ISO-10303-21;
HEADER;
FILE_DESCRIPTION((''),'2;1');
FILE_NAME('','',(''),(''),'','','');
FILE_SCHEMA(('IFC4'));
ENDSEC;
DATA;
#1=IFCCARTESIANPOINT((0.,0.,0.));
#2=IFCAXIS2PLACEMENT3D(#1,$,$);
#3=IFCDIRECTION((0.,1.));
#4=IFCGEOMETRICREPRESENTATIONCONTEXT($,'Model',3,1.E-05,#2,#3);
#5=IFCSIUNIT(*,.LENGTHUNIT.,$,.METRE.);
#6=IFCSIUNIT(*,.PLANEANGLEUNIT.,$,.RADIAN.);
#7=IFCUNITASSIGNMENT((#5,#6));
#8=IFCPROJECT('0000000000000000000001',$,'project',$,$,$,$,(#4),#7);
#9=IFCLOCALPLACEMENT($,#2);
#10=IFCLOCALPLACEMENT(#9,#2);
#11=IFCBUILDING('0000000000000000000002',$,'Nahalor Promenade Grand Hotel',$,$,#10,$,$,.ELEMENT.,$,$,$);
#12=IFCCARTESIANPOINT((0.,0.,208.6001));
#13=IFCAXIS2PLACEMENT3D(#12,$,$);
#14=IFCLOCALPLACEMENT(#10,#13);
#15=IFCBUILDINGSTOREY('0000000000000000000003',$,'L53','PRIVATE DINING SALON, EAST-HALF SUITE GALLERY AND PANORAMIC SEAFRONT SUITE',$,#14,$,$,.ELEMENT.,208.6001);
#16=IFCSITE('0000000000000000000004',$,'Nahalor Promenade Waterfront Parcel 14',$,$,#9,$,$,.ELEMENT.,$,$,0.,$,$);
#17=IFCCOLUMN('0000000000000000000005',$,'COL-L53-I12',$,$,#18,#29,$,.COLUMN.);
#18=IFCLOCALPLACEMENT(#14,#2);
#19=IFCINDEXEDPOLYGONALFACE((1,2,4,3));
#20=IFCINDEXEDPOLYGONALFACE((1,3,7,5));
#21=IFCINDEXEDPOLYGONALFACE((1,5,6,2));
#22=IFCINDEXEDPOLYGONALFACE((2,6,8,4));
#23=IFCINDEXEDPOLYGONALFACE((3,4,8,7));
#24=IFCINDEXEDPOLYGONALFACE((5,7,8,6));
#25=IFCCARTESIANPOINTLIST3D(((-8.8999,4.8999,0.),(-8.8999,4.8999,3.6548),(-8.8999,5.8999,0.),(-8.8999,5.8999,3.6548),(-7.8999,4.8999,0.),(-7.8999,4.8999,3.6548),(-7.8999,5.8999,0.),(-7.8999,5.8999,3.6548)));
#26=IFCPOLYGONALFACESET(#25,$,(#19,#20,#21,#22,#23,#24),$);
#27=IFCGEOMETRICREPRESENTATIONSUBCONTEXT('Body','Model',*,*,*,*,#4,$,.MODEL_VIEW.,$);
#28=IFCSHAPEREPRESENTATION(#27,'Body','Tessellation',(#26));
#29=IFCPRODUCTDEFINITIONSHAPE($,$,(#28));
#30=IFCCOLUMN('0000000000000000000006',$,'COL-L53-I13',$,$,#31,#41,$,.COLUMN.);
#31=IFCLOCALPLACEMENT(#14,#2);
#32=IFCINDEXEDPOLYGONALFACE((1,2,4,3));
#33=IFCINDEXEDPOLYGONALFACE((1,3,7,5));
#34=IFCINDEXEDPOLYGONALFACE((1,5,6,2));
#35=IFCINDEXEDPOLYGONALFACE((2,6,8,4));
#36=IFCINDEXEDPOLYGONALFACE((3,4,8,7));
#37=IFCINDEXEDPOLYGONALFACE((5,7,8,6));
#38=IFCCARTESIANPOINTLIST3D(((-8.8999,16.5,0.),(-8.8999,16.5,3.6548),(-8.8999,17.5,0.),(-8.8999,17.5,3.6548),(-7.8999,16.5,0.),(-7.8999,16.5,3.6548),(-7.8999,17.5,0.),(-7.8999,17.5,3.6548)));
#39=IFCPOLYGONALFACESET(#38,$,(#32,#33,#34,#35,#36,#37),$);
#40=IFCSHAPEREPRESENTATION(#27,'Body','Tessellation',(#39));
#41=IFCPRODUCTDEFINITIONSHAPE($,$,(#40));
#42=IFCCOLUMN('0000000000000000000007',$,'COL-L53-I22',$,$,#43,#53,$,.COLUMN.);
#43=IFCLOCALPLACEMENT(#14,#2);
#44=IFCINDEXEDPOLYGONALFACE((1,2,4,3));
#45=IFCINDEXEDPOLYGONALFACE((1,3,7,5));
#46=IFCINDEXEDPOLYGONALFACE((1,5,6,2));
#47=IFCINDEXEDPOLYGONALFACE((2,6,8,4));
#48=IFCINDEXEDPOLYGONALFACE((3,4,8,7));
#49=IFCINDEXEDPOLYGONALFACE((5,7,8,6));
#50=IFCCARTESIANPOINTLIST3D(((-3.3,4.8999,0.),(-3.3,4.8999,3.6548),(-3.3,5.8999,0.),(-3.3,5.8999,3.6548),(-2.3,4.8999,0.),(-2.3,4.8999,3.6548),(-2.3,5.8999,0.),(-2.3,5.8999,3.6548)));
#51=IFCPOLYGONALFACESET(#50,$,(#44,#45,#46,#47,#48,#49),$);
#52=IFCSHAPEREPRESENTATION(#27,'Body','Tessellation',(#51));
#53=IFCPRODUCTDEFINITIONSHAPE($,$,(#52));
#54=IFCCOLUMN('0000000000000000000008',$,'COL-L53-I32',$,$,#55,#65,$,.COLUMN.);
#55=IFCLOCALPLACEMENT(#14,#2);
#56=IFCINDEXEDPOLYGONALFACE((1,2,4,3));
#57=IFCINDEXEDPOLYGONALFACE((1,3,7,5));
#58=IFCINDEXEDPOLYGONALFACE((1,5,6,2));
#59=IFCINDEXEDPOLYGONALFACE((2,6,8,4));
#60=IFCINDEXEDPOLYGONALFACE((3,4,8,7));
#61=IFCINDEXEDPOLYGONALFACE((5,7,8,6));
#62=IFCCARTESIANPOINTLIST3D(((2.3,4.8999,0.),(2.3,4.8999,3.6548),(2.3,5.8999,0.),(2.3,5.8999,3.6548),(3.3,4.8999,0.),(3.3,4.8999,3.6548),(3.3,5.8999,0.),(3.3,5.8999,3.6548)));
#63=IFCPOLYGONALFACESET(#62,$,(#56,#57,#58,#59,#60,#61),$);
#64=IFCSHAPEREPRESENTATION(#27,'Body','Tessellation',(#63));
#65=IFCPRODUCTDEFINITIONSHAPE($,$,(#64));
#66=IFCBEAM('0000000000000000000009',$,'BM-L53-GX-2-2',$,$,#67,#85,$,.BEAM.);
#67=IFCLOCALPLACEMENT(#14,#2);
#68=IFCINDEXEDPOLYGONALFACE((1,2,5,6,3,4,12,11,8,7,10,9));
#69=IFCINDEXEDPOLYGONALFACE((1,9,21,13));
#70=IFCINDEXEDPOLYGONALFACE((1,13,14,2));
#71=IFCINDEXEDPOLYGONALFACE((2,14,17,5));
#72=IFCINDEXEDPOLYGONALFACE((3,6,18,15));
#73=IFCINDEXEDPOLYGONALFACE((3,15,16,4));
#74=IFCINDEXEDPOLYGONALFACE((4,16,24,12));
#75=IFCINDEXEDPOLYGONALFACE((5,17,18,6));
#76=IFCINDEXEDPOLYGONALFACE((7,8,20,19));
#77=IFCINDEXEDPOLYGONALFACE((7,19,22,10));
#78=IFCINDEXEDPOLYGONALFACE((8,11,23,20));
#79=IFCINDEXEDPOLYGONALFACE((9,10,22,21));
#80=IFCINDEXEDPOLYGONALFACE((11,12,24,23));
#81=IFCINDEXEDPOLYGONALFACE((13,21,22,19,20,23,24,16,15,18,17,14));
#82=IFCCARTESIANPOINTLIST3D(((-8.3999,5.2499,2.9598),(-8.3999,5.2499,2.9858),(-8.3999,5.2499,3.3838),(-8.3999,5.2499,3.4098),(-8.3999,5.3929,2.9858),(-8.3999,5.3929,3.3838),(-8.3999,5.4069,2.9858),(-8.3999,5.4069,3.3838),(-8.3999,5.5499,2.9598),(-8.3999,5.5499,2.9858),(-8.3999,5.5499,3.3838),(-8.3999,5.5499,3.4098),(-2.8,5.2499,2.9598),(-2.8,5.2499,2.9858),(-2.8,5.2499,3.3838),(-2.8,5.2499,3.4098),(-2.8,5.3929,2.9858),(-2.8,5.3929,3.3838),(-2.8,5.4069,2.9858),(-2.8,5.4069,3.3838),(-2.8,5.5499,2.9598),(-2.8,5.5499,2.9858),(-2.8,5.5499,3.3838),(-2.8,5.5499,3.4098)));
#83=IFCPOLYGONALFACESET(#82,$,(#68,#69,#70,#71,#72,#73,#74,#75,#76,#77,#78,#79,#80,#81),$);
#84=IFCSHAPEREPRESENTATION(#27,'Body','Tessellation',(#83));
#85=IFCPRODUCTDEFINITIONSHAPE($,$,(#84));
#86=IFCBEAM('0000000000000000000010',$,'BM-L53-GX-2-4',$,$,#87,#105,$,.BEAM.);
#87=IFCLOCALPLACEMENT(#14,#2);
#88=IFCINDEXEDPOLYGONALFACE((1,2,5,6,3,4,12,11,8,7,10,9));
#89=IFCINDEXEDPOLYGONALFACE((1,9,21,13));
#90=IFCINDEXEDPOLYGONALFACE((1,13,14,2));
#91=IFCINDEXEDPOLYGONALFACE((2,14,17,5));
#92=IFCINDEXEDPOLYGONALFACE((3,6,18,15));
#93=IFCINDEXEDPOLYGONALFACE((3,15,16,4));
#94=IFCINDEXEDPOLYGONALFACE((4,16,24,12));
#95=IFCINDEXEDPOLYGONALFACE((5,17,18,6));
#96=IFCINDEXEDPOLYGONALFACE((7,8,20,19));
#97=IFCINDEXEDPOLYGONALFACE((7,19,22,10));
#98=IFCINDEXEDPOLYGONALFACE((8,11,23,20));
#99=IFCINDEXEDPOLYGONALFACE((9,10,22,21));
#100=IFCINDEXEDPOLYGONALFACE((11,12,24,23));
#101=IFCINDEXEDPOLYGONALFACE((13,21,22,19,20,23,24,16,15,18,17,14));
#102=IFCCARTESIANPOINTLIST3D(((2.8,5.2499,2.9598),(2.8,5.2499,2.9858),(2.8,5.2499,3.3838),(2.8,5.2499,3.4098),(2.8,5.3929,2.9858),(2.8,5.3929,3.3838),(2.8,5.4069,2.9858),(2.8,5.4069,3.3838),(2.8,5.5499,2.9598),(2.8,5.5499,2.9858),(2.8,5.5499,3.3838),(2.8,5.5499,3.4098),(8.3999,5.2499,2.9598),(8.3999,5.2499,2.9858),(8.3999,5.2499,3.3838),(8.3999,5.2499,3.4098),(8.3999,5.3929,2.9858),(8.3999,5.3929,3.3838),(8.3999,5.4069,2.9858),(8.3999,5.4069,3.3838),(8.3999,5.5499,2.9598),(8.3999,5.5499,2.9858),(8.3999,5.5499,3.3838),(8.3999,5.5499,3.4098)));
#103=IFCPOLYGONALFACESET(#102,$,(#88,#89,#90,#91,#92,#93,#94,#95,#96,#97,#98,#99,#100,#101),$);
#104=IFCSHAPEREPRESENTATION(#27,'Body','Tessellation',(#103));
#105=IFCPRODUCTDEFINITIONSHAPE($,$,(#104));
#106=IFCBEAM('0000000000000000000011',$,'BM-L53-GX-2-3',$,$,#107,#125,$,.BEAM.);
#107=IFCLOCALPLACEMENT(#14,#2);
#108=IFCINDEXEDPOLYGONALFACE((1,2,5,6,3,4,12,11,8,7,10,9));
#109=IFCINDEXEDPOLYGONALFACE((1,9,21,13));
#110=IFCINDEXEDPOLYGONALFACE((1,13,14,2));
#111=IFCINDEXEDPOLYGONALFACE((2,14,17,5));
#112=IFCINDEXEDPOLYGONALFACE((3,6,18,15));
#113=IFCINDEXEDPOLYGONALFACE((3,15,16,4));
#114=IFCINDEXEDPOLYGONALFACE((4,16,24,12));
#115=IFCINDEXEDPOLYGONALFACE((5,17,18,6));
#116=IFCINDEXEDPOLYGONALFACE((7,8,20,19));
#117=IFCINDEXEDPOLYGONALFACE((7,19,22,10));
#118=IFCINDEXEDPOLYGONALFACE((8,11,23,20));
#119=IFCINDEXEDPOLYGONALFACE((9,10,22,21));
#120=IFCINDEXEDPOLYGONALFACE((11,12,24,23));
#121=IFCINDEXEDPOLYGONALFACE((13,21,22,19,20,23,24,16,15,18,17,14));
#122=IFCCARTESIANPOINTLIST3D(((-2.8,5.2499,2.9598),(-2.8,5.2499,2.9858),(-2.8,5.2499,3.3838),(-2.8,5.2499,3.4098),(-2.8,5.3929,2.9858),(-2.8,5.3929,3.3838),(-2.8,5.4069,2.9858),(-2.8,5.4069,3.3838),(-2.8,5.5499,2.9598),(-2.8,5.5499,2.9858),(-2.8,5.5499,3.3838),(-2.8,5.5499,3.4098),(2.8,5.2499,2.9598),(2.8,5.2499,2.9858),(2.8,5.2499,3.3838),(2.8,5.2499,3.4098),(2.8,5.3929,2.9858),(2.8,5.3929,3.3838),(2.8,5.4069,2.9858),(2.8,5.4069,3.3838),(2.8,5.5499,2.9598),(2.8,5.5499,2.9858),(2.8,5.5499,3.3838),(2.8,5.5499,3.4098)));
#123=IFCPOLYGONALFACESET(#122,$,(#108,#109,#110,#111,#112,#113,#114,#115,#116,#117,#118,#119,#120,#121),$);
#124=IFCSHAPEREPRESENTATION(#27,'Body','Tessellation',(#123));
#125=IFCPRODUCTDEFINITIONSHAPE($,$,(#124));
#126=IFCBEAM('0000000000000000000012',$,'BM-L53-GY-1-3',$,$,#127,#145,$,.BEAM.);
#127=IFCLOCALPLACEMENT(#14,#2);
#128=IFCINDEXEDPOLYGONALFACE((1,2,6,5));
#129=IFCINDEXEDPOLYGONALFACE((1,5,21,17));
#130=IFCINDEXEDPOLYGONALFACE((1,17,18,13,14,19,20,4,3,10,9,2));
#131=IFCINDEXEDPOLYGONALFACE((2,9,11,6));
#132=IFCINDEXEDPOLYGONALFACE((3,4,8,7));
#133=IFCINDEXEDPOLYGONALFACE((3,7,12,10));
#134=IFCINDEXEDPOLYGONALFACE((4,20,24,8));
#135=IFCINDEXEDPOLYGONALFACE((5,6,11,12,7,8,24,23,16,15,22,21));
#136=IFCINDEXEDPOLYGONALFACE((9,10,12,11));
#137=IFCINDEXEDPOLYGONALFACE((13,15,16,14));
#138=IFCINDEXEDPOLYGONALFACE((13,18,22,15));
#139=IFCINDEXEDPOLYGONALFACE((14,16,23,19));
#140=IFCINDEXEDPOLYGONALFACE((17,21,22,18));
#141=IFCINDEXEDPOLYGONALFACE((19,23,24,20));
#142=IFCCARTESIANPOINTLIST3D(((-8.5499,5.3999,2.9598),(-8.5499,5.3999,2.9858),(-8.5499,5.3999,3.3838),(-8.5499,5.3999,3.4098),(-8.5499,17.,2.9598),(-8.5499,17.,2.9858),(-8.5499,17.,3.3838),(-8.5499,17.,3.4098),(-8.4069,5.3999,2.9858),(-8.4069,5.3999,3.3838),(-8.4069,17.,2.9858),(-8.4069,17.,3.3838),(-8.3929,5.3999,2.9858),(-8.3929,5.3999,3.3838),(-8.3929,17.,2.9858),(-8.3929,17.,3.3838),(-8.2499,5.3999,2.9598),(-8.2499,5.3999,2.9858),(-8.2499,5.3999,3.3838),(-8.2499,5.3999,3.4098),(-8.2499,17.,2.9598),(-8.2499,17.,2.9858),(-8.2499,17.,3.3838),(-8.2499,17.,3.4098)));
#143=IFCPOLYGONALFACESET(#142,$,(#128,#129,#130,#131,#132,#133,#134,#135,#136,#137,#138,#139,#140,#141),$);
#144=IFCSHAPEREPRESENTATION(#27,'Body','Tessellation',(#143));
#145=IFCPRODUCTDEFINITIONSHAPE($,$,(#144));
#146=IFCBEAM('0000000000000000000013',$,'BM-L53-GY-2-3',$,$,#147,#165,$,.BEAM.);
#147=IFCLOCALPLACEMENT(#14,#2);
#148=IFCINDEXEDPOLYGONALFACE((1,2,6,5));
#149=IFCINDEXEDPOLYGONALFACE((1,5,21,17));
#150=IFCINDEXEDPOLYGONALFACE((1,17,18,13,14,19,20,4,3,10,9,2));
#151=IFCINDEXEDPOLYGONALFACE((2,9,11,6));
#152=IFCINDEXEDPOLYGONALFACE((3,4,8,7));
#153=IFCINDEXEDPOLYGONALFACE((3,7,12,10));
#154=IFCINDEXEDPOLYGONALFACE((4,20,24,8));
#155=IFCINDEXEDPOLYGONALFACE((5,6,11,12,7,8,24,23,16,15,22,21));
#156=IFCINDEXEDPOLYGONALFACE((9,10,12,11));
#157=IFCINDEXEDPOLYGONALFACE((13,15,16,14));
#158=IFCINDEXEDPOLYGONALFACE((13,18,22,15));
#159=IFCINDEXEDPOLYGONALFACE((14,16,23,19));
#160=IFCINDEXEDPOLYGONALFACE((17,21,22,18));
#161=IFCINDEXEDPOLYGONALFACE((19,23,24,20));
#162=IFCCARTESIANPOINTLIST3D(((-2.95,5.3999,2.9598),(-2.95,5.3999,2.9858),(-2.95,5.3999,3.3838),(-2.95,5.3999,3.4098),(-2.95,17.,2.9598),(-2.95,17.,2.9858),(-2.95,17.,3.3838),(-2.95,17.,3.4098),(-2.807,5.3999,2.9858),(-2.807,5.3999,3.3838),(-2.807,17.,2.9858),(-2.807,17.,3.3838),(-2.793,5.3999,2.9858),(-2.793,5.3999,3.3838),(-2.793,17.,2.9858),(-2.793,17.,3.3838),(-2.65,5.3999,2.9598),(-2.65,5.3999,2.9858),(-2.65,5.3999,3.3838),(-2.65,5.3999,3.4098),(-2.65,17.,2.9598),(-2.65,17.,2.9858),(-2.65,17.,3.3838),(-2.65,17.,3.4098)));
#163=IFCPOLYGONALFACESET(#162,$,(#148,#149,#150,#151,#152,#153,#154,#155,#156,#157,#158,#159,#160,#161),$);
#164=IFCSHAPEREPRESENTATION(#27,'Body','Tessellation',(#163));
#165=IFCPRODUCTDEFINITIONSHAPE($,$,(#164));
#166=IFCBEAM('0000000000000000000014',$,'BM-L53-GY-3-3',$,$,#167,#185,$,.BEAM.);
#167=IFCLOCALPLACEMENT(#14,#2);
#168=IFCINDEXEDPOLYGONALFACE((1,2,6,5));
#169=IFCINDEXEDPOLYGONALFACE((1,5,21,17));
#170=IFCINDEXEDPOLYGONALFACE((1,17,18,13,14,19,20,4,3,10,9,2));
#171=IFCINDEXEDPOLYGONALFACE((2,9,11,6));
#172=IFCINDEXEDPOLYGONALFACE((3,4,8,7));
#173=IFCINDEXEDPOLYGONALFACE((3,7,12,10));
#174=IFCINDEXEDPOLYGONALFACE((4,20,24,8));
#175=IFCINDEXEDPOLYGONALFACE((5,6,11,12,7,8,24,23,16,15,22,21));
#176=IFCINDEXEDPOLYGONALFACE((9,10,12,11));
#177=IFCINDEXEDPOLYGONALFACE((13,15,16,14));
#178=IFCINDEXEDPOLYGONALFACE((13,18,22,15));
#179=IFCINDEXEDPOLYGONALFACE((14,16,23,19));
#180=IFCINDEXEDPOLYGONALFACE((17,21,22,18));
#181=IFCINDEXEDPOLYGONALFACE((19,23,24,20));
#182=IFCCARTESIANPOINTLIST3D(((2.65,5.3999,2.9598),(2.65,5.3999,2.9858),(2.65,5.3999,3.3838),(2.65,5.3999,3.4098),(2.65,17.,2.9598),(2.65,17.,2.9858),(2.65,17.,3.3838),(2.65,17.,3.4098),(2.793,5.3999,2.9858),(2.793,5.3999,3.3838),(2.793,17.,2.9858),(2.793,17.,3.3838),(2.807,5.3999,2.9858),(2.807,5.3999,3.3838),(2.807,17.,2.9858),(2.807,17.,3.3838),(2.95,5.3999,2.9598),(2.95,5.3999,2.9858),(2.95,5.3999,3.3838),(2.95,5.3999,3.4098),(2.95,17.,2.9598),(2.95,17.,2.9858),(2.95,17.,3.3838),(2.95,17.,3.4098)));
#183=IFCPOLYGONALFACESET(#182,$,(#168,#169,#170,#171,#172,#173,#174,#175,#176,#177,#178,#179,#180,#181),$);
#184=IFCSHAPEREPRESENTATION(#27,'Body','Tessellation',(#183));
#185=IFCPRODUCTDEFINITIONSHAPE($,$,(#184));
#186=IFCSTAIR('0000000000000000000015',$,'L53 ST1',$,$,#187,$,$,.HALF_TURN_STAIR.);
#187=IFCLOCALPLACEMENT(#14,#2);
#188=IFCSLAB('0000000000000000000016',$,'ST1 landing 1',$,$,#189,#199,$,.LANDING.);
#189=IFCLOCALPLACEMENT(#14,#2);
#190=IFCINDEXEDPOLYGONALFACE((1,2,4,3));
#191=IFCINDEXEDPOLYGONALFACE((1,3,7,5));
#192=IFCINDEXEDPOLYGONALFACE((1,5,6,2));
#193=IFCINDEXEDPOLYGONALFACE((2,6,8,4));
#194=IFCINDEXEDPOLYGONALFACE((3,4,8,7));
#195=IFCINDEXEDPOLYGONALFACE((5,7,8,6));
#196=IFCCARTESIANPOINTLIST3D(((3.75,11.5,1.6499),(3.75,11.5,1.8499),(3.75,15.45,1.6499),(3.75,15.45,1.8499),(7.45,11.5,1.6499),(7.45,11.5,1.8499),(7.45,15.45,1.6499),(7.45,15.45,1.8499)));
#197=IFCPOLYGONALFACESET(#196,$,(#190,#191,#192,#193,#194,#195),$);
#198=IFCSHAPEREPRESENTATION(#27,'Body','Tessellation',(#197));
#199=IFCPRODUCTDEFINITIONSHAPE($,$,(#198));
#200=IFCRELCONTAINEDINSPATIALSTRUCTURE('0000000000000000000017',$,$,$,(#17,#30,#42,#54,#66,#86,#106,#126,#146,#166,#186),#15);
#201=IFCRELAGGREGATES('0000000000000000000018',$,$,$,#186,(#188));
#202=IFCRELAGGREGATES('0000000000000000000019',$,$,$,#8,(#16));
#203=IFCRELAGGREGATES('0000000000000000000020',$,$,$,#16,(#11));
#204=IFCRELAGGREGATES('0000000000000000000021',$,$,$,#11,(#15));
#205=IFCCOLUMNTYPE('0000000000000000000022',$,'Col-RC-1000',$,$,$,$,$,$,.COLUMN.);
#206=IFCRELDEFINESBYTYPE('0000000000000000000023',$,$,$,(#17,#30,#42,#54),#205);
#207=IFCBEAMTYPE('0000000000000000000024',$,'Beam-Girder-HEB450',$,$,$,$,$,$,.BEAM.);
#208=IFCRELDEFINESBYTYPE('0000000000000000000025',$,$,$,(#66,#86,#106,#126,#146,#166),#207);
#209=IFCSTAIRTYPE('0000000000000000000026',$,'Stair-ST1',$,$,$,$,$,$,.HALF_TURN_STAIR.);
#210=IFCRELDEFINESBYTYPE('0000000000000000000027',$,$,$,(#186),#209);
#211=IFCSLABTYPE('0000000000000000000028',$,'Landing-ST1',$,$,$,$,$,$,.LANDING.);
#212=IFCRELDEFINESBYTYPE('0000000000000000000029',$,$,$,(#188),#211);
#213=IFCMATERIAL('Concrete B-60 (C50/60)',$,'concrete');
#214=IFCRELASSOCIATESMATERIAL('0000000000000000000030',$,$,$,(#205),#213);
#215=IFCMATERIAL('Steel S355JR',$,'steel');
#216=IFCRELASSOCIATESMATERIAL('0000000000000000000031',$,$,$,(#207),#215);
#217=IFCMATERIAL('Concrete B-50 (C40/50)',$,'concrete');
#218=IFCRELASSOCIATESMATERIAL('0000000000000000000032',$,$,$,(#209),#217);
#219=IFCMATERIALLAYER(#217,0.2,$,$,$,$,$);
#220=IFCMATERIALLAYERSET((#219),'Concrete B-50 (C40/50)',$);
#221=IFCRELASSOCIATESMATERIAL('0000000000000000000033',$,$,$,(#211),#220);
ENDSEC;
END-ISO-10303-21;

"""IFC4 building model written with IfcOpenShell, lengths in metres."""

from ifc_helpers import new_model, si_unit, direction, frame, origin, origin_2d, place, context, subcontext, project, spatial, polyline, rectangle, i_section, outline, extrude, source, transform, mapped, material, layer, layer_set, material_profile, profile_set, type_object, element, aggregate, save


model = new_model("IFC4")

# Units and contexts
model_context = context("Model", 3, precision=1e-05, world=origin(), true_north=direction((0.0, 1.0)))
body_context = subcontext(model_context, "Body", "Model", "MODEL_VIEW")
ifc_project = project(units=[si_unit("LENGTHUNIT", "METRE"), si_unit("PLANEANGLEUNIT", "RADIAN")], contexts=[model_context])

# Site, building, storey
site_placement = place(None, origin())
site = spatial("IfcSite", under=ifc_project, at=site_placement, Name="Nahalor Promenade Waterfront Parcel 14", CompositionType="ELEMENT", RefElevation=0.0)
building_placement = place(site_placement, origin())
building = spatial("IfcBuilding", under=site, at=building_placement, Name="Nahalor Promenade Grand Hotel", CompositionType="ELEMENT")
storey_placement = place(building_placement, frame((0.0, 0.0, 208.6001)))
storey = spatial("IfcBuildingStorey", under=building, at=storey_placement, Name="L53", Description="PRIVATE DINING SALON, EAST-HALF SUITE GALLERY AND PANORAMIC SEAFRONT SUITE", CompositionType="ELEMENT", Elevation=208.6001)

# Columns
ifc_material_1 = material(Name="Concrete B-60 (C50/60)", Category="concrete")
ifc_material_profile_1 = material_profile(ifc_material_1, rectangle(XDim=1.0, YDim=1.0, at=origin_2d()), Name="RC 1000x1000")
ifc_profile_set_1 = profile_set([ifc_material_profile_1], Name="Concrete B-60 (C50/60)")
column_type = type_object("IfcColumnType", Name="Col-RC-1000", PredefinedType="COLUMN", material=ifc_profile_set_1)
shared_shape_1 = source(origin(), body_context, "Body", "SweptSolid", [
    extrude(rectangle(XDim=1.0, YDim=1.0, at=origin_2d()), origin(), (0.0, 0.0, 1.0), 3.6548),
])
for number, where, z_axis, x_axis, name in (
    (1, (-8.3999, 5.3999, 0.0), (0.0, 0.0, 1.0), (1.0, 0.0, 0.0), "COL-L53-I12"),
    (2, (-8.3999, 17.0, 0.0), (0.0, 0.0, 1.0), (1.0, 0.0, 0.0), "COL-L53-I13"),
    (3, (-2.8, 5.3999, 0.0), (0.0, 0.0, 1.0), (1.0, 0.0, 0.0), "COL-L53-I22"),
    (4, (2.8, 5.3999, 0.0), (0.0, 0.0, 1.0), (1.0, 0.0, 0.0), "COL-L53-I32"),
):
    element("IfcColumn", number, at=place(storey_placement, frame(where, z_axis=z_axis, x_axis=x_axis)), inside=storey, type_object=column_type, Name=name, PredefinedType="COLUMN", context=body_context, shape_type="MappedRepresentation", body=[
        mapped(shared_shape_1, transform((0.0, 0.0, 0.0), scale=1.0)),
    ])

# Beams
ifc_material_2 = material(Name="Steel S355JR", Category="steel")
ifc_material_profile_2 = material_profile(ifc_material_2, i_section(OverallWidth=0.3, OverallDepth=0.45, WebThickness=0.014, FlangeThickness=0.026, at=origin_2d()), Name="HEB 450")
ifc_profile_set_2 = profile_set([ifc_material_profile_2], Name="Steel S355JR")
beam_type = type_object("IfcBeamType", Name="Beam-Girder-HEB450", PredefinedType="BEAM", material=ifc_profile_set_2)
shared_shape_2 = source(origin(), body_context, "Body", "SweptSolid", [
    extrude(i_section(OverallWidth=0.3, OverallDepth=0.45, WebThickness=0.014, FlangeThickness=0.026, at=origin_2d()), origin(), (0.0, 0.0, 1.0), 5.5999),
])
for number, where, z_axis, x_axis, name in (
    (5, (-8.3999, 5.3999, 3.1848), (1.0, 0.0, 0.0), (0.0, 1.0, 0.0), "BM-L53-GX-2-2"),
    (6, (2.8, 5.3999, 3.1848), (1.0, 0.0, 0.0), (0.0, 1.0, 0.0), "BM-L53-GX-2-4"),
):
    element("IfcBeam", number, at=place(storey_placement, frame(where, z_axis=z_axis, x_axis=x_axis)), inside=storey, type_object=beam_type, Name=name, PredefinedType="BEAM", context=body_context, shape_type="MappedRepresentation", body=[
        mapped(shared_shape_2, transform((0.0, 0.0, 0.0), scale=1.0)),
    ])
shared_shape_3 = source(origin(), body_context, "Body", "SweptSolid", [
    extrude(i_section(OverallWidth=0.3, OverallDepth=0.45, WebThickness=0.014, FlangeThickness=0.026, at=origin_2d()), origin(), (0.0, 0.0, 1.0), 5.6001),
])
beam_placement = place(storey_placement, frame((-2.8, 5.3999, 3.1848), z_axis=(1.0, 0.0, 0.0), x_axis=(0.0, 1.0, 0.0)))
element("IfcBeam", 7, at=beam_placement, inside=storey, type_object=beam_type, Name="BM-L53-GX-2-3", PredefinedType="BEAM", context=body_context, shape_type="MappedRepresentation", body=[
    mapped(shared_shape_3, transform((0.0, 0.0, 0.0), scale=1.0)),
])
shared_shape_4 = source(origin(), body_context, "Body", "SweptSolid", [
    extrude(i_section(OverallWidth=0.3, OverallDepth=0.45, WebThickness=0.014, FlangeThickness=0.026, at=origin_2d()), origin(), (0.0, 0.0, 1.0), 11.6001),
])
for number, where, z_axis, x_axis, name in (
    (8, (-8.3999, 5.3999, 3.1848), (0.0, 1.0, 0.0), (-1.0, 0.0, 0.0), "BM-L53-GY-1-3"),
    (9, (-2.8, 5.3999, 3.1848), (0.0, 1.0, 0.0), (-1.0, 0.0, 0.0), "BM-L53-GY-2-3"),
    (10, (2.8, 5.3999, 3.1848), (0.0, 1.0, 0.0), (-1.0, 0.0, 0.0), "BM-L53-GY-3-3"),
):
    element("IfcBeam", number, at=place(storey_placement, frame(where, z_axis=z_axis, x_axis=x_axis)), inside=storey, type_object=beam_type, Name=name, PredefinedType="BEAM", context=body_context, shape_type="MappedRepresentation", body=[
        mapped(shared_shape_4, transform((0.0, 0.0, 0.0), scale=1.0)),
    ])

# Stair, slab
ifc_material_3 = material(Name="Concrete B-50 (C40/50)", Category="concrete")
stair_type_1 = type_object("IfcStairType", Name="Stair-ST1", PredefinedType="HALF_TURN_STAIR", material=ifc_material_3)
stair_1_placement = place(storey_placement, origin())
stair_1 = element("IfcStair", 11, at=stair_1_placement, inside=storey, type_object=stair_type_1, Name="L53 ST1", PredefinedType="HALF_TURN_STAIR")
ifc_layer_1 = layer(ifc_material_3, 0.2)
ifc_layer_set_1 = layer_set([ifc_layer_1], Name="Concrete B-50 (C40/50)")
slab_type_1 = type_object("IfcSlabType", Name="Landing-ST1", PredefinedType="LANDING", material=ifc_layer_set_1)
slab_1_placement = place(storey_placement, frame((0.0, 0.0, 1.6499)))
slab_1 = element("IfcSlab", 12, at=slab_1_placement, type_object=slab_type_1, Name="ST1 landing 1", PredefinedType="LANDING", context=body_context, shape_type="SweptSolid", body=[
    extrude(outline(polyline([(7.45, 11.5), (7.45, 15.45), (3.75, 15.45), (3.75, 11.5), (7.45, 11.5)])), origin(), (0.0, 0.0, 1.0), 0.2),
])
aggregate(stair_1, [slab_1])

save(model, "model.ifc")
